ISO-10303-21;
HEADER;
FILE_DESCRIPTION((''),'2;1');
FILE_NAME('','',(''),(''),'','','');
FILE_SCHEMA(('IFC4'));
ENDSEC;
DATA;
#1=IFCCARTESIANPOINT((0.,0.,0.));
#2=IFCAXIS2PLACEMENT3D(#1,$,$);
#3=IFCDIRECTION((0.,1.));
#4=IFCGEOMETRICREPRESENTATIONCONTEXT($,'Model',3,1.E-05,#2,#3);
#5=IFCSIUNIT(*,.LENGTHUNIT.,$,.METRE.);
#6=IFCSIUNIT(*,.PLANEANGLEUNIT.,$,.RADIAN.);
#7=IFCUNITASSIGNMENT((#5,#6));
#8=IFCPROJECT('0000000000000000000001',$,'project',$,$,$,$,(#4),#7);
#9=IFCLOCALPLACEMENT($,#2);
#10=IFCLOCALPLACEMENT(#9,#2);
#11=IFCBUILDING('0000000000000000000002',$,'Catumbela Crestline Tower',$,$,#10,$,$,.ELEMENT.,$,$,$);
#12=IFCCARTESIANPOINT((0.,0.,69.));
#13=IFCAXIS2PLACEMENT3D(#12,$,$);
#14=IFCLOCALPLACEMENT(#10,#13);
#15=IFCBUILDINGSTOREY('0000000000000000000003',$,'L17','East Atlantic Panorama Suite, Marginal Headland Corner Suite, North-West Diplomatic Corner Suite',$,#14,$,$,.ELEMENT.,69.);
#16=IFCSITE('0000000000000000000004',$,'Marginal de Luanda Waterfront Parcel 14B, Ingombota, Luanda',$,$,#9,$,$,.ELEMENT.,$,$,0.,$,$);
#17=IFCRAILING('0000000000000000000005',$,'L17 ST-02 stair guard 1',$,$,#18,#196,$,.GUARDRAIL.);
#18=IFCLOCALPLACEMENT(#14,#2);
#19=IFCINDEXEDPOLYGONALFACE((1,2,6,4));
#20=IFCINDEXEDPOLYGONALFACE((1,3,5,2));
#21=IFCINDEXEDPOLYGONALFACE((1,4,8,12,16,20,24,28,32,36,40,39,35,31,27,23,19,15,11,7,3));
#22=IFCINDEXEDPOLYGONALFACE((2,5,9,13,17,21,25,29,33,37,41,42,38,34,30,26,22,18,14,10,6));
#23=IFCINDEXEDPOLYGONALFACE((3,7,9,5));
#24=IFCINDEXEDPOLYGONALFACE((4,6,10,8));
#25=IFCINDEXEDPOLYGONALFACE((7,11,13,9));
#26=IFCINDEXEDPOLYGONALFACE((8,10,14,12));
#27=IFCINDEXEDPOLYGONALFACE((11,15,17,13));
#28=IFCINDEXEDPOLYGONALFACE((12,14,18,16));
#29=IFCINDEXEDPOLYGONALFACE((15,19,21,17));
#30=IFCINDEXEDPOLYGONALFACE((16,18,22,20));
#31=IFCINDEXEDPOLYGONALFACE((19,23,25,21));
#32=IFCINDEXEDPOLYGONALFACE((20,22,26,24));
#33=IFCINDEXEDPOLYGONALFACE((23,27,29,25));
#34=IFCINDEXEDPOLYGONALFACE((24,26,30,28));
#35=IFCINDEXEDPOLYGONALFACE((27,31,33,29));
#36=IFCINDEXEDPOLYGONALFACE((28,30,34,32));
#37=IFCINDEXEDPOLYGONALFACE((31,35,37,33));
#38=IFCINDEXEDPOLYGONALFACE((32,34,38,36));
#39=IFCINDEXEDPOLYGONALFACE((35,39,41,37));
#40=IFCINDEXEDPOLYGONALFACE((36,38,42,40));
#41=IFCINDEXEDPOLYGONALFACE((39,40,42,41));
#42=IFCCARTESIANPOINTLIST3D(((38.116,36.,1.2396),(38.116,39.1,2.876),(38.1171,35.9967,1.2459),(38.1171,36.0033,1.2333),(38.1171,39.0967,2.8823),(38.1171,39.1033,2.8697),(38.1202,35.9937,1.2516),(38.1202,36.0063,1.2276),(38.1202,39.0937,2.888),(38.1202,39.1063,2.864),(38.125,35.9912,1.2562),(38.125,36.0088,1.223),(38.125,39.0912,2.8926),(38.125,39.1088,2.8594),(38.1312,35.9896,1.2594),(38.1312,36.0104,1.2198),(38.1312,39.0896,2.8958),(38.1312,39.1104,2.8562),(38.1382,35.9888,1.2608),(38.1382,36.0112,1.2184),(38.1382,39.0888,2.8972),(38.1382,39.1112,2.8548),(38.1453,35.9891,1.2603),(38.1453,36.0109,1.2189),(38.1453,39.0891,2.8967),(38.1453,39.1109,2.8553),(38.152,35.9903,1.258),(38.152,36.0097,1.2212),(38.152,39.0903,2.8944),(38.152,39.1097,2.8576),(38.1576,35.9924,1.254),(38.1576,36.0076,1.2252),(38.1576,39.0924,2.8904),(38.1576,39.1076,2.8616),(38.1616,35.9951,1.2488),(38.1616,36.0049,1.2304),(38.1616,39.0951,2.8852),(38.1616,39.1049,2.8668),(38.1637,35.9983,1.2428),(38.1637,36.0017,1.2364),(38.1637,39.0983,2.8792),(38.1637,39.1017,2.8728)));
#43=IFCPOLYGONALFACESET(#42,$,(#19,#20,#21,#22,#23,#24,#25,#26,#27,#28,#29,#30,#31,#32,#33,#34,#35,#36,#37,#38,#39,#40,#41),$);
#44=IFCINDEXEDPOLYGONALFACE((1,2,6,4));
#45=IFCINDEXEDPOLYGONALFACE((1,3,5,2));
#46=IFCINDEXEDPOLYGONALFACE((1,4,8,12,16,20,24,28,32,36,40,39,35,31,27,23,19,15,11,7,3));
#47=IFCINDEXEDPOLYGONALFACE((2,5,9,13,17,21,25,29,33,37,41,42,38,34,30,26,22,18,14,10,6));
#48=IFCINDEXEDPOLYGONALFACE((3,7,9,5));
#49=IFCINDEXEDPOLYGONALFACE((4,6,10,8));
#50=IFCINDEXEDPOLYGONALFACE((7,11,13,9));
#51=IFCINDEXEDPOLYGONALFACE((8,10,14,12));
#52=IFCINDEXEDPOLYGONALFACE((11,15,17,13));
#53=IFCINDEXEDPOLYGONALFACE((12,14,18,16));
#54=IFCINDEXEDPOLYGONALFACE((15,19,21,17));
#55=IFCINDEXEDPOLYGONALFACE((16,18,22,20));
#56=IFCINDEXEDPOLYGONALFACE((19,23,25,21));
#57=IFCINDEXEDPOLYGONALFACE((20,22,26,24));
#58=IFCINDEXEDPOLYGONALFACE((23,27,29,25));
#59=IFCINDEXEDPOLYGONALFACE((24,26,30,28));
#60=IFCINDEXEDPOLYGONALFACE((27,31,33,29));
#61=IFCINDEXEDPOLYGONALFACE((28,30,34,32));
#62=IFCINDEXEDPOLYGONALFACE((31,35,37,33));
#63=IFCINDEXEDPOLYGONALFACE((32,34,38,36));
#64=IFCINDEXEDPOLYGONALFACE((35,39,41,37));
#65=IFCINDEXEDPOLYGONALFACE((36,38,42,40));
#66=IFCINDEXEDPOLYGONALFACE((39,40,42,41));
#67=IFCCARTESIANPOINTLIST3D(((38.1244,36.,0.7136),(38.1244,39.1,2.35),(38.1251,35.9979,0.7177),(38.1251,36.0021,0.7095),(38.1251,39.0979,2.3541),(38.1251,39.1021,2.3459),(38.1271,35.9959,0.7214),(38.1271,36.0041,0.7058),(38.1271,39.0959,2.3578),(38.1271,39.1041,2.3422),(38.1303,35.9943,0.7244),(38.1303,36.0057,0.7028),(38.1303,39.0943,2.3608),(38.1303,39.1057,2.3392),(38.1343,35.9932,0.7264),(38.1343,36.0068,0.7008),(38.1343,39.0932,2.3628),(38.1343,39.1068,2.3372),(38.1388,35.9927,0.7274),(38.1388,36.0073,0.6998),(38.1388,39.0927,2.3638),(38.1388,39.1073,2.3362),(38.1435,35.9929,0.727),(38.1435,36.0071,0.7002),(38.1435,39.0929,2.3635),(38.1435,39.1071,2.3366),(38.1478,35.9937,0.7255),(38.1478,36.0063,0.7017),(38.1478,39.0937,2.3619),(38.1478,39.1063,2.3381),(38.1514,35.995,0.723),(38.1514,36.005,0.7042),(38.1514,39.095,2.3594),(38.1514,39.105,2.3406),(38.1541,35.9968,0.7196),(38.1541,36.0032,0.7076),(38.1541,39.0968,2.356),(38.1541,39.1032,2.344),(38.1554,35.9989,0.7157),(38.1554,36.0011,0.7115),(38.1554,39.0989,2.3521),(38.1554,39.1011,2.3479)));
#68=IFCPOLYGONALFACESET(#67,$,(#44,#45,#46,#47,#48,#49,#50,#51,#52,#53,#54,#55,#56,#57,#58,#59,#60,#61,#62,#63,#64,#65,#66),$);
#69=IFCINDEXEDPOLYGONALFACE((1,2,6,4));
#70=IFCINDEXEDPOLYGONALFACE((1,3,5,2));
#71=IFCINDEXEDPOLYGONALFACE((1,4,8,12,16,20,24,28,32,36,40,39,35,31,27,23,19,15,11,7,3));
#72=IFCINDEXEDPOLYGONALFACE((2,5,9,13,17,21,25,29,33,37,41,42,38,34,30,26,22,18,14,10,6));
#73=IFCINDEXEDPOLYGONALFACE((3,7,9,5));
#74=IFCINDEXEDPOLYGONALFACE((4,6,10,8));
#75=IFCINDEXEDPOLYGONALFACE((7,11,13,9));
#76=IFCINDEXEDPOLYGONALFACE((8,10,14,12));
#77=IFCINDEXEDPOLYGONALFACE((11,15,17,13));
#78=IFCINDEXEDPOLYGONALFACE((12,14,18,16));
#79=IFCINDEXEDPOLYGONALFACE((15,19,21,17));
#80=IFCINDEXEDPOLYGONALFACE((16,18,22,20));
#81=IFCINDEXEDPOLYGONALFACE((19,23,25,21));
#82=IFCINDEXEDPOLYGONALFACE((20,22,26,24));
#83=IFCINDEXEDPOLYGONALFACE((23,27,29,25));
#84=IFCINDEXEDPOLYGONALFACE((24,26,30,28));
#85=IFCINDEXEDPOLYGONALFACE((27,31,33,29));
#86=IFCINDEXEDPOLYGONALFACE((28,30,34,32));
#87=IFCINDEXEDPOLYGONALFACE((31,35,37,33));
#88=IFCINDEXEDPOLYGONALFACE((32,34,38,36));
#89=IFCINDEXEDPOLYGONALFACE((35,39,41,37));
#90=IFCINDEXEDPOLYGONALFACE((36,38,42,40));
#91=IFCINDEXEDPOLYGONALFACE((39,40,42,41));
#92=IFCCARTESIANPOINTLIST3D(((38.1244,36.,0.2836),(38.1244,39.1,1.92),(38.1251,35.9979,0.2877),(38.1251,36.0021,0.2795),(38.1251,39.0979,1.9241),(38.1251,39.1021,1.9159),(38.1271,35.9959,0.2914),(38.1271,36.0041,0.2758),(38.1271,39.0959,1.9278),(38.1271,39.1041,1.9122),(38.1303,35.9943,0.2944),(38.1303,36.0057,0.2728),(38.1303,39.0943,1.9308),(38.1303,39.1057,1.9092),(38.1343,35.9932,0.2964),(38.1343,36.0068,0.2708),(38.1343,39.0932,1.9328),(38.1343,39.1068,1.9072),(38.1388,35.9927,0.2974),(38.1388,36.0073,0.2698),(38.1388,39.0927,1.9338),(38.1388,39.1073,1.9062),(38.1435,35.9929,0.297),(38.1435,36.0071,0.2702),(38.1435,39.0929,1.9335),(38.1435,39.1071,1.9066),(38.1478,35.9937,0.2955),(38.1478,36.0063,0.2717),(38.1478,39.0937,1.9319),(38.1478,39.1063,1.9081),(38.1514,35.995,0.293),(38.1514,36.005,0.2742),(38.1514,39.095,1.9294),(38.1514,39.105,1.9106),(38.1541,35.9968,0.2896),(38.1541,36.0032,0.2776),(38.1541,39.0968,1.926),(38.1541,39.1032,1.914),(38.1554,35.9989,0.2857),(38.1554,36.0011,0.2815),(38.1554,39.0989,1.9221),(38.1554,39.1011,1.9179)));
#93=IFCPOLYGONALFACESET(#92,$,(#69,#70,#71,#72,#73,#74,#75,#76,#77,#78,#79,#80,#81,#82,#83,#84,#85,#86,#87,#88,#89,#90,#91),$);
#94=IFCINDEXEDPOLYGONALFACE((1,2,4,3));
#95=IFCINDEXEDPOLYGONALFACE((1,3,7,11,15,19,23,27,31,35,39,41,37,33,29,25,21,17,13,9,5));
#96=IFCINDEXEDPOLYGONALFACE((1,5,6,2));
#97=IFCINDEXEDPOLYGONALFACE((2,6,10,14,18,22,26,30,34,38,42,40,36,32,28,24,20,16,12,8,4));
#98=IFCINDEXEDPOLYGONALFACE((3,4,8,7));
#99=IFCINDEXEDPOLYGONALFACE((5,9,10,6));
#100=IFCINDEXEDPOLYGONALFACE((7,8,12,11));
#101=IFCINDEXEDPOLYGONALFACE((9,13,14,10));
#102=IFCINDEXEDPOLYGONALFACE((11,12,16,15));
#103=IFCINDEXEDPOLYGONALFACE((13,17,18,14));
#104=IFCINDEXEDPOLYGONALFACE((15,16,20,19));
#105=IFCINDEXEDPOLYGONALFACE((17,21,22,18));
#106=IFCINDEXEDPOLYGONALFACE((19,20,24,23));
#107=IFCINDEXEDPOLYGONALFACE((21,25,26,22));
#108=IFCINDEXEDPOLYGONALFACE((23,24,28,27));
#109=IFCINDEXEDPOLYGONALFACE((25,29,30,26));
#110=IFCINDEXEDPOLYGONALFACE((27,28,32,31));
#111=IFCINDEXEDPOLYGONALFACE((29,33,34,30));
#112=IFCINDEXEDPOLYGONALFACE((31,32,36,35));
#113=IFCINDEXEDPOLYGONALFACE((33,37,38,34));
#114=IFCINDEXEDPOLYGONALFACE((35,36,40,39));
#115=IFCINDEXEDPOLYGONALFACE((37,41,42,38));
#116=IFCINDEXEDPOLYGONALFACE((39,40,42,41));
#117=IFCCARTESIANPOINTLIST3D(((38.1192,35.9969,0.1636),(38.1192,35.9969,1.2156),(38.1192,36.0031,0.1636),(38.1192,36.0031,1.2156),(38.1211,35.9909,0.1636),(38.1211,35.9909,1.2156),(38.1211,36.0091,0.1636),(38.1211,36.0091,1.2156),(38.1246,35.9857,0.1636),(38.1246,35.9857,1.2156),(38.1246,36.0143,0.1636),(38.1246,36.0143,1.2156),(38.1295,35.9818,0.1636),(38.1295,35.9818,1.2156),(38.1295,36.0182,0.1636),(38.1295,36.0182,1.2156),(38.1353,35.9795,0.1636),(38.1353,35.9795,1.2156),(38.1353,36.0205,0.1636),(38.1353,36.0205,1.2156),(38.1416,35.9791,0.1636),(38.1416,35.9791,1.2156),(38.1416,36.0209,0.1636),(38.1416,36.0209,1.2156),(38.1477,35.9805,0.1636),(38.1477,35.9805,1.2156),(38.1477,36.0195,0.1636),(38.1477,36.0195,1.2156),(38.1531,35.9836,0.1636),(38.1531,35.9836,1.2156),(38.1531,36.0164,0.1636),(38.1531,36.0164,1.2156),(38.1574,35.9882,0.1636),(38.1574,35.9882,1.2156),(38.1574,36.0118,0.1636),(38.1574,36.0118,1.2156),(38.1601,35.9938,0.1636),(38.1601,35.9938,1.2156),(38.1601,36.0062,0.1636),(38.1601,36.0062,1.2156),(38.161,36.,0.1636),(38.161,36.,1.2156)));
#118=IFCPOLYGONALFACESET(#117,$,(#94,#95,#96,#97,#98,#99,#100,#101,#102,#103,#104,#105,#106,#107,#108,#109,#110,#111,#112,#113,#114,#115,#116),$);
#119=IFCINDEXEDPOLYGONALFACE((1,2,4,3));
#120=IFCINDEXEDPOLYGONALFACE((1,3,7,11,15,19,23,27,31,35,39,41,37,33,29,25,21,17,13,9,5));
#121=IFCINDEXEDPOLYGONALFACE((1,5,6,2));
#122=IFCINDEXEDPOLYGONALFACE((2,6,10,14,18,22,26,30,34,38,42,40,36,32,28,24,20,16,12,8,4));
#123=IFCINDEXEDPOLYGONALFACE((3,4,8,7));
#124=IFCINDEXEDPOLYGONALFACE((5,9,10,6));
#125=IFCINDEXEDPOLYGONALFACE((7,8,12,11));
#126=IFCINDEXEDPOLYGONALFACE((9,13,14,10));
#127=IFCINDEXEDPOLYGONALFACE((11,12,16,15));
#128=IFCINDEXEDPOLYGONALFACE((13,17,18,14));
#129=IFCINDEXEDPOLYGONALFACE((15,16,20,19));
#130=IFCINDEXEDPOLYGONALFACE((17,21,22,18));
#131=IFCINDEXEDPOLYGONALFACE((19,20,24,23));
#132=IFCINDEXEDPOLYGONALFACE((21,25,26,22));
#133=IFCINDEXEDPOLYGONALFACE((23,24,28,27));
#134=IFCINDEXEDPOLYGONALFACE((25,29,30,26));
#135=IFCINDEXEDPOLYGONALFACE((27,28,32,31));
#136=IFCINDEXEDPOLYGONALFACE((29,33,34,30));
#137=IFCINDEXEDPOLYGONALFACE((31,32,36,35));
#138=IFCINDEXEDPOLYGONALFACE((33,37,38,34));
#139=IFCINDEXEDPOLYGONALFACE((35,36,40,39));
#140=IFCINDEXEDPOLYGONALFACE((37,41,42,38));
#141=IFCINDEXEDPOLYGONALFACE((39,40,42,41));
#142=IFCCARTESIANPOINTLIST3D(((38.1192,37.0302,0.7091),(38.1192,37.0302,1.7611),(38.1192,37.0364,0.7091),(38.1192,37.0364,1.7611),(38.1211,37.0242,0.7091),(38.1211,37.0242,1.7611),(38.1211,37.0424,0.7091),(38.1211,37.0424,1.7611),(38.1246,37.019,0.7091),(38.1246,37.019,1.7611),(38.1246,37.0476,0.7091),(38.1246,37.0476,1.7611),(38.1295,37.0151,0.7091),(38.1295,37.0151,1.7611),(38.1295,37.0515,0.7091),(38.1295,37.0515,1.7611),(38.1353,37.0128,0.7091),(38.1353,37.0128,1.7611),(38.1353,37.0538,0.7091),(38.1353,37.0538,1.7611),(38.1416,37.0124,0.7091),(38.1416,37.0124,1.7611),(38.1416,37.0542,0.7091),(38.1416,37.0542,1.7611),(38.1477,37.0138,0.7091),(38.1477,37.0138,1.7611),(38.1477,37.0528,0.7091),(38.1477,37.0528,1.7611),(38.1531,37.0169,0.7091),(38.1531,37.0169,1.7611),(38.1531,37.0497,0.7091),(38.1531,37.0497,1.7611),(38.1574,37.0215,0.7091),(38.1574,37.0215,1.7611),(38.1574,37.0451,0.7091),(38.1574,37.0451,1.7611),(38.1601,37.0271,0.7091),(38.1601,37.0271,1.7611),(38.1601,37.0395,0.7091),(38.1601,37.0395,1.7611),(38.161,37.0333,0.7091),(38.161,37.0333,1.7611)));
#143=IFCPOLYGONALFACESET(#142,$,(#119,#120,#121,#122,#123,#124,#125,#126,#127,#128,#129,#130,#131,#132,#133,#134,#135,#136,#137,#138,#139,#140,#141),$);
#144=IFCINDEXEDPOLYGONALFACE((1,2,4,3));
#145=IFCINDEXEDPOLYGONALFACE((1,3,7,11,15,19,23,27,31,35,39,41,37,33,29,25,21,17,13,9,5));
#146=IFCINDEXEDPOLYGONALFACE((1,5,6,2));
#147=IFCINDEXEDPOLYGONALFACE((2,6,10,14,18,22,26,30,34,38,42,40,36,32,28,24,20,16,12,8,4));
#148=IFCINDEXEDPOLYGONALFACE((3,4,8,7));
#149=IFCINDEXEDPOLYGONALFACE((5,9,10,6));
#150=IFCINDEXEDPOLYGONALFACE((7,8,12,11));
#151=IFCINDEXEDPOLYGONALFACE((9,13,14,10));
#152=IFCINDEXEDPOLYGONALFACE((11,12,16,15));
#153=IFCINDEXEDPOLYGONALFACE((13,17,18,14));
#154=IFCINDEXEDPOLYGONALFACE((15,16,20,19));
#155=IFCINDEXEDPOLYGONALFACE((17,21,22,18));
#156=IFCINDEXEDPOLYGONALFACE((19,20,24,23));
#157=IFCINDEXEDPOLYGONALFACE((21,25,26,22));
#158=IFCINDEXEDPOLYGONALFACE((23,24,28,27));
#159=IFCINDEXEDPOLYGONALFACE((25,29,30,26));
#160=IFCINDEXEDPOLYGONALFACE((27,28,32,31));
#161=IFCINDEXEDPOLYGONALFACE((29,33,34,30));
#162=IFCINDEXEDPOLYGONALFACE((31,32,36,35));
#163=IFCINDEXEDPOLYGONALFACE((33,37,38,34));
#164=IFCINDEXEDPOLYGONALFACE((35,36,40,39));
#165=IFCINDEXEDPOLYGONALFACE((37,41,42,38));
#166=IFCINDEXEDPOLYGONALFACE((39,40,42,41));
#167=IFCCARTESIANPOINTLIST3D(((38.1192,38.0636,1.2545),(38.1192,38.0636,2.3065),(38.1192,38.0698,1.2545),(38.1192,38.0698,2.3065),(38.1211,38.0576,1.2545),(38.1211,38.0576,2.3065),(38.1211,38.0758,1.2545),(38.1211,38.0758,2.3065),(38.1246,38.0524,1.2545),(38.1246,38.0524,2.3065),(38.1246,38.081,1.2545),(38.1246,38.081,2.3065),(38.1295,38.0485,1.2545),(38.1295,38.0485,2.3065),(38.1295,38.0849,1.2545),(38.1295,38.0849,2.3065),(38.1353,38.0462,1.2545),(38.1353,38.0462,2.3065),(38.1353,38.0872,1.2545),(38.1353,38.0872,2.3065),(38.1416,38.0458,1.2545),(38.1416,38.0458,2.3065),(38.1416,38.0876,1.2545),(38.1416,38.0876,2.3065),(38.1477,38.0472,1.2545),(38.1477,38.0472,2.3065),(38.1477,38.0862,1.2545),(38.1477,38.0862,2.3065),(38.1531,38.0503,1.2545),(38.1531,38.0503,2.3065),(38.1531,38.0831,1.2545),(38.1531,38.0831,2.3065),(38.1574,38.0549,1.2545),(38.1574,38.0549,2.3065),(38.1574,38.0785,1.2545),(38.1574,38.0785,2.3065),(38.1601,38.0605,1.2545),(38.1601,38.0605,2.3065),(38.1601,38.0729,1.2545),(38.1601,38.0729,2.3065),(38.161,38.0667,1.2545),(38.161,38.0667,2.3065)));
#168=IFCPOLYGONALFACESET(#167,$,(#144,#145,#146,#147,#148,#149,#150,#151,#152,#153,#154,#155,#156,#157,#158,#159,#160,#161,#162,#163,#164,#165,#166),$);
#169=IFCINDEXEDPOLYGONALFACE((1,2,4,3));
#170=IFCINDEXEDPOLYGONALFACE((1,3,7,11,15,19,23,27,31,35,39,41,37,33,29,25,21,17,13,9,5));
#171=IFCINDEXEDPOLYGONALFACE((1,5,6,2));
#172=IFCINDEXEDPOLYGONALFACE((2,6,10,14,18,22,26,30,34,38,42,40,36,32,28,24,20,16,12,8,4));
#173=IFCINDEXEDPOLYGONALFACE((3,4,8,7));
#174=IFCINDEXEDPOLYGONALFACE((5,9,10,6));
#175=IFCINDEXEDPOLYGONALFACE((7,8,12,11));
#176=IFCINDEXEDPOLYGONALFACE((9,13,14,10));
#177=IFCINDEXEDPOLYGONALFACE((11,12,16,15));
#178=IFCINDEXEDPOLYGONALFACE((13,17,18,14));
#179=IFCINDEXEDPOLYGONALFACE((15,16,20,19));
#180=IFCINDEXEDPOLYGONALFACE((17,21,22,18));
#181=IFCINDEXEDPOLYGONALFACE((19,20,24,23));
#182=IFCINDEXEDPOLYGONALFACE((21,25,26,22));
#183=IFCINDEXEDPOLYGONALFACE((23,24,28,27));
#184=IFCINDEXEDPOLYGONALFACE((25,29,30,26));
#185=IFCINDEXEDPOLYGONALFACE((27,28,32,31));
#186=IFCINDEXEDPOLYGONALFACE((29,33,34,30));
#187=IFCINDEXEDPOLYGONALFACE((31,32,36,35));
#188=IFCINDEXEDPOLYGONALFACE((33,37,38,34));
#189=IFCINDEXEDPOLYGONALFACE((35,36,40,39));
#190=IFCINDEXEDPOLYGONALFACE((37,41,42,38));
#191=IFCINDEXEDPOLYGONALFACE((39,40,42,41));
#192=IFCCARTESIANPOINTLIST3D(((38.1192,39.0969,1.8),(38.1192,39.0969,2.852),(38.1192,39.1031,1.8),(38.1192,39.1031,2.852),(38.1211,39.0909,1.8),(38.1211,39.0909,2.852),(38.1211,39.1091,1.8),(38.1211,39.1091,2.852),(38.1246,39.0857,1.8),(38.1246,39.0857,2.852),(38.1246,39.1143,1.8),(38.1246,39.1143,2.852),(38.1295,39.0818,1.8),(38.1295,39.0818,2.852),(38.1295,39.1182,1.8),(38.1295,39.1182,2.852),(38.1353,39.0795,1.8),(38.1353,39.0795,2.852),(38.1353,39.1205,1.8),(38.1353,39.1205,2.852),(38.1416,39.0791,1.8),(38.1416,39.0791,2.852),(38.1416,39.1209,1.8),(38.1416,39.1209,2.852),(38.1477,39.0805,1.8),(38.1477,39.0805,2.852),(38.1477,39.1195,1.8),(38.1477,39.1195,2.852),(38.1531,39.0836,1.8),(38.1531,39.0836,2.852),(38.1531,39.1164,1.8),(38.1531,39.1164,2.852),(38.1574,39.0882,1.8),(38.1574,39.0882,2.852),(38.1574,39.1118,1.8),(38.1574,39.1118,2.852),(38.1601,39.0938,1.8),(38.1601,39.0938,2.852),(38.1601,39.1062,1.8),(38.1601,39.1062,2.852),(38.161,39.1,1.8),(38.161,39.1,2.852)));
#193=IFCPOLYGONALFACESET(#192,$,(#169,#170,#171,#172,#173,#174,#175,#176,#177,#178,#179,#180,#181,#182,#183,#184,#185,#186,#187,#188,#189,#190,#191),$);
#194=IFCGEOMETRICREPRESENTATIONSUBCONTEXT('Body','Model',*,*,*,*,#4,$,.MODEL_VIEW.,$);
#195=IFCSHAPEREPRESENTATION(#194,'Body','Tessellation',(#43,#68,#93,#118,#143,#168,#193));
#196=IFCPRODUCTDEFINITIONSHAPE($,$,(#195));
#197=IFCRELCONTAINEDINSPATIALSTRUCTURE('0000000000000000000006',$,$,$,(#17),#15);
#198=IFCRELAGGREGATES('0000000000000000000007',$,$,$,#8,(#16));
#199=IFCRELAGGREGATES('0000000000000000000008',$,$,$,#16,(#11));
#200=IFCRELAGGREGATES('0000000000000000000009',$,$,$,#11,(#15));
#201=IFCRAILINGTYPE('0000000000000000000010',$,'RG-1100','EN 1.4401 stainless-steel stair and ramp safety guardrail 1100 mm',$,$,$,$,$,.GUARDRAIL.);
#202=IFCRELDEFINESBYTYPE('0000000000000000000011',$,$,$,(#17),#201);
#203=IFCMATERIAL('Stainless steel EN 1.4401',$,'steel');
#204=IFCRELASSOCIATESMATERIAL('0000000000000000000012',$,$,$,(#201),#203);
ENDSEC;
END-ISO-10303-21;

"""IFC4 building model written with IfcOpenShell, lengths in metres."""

from ifc_helpers import new_model, si_unit, direction, frame, origin, origin_2d, place, context, subcontext, project, spatial, circle, extrude, material, type_object, element, save


model = new_model("IFC4")

# Units and contexts
model_context = context("Model", 3, precision=1e-05, world=origin(), true_north=direction((0.0, 1.0)))
body_context = subcontext(model_context, "Body", "Model", "MODEL_VIEW")
ifc_project = project(units=[si_unit("LENGTHUNIT", "METRE"), si_unit("PLANEANGLEUNIT", "RADIAN")], contexts=[model_context])

# Site, building, storey
site_placement = place(None, origin())
site = spatial("IfcSite", under=ifc_project, at=site_placement, Name="Marginal de Luanda Waterfront Parcel 14B, Ingombota, Luanda", CompositionType="ELEMENT", RefElevation=0.0)
building_placement = place(site_placement, origin())
building = spatial("IfcBuilding", under=site, at=building_placement, Name="Catumbela Crestline Tower", CompositionType="ELEMENT")
storey_placement = place(building_placement, frame((0.0, 0.0, 69.0)))
storey = spatial("IfcBuildingStorey", under=building, at=storey_placement, Name="L17", Description="East Atlantic Panorama Suite, Marginal Headland Corner Suite, North-West Diplomatic Corner Suite", CompositionType="ELEMENT", Elevation=69.0)

# Shared definitions
ifc_material_1 = material(Name="Stainless steel EN 1.4401", Category="steel")

# Railing
railing_type_1 = type_object("IfcRailingType", Name="RG-1100", Description="EN 1.4401 stainless-steel stair and ramp safety guardrail 1100 mm", PredefinedType="GUARDRAIL", material=ifc_material_1)
railing_1_placement = place(storey_placement, frame((38.14, 36.0, 0.1636)))
element("IfcRailing", 1, at=railing_1_placement, inside=storey, type_object=railing_type_1, Name="L17 ST-02 stair guard 1", PredefinedType="GUARDRAIL", context=body_context, shape_type="SweptSolid", body=[
    extrude(circle(Radius=0.024, at=origin_2d()), frame((0.0, 0.0, 1.076), z_axis=(0.0, 0.884351, 0.466823), x_axis=(-1.0, 0.0, 0.0)), (0.0, 0.0, 1.0), 3.5054),
    extrude(circle(Radius=0.0156, at=origin_2d()), frame((0.0, 0.0, 0.55), z_axis=(0.0, 0.884351, 0.466823), x_axis=(-1.0, 0.0, 0.0)), (0.0, 0.0, 1.0), 3.5054),
    extrude(circle(Radius=0.0156, at=origin_2d()), frame((0.0, 0.0, 0.12), z_axis=(0.0, 0.884351, 0.466823), x_axis=(-1.0, 0.0, 0.0)), (0.0, 0.0, 1.0), 3.5054),
    extrude(circle(Radius=0.021, at=origin_2d()), origin(), (0.0, 0.0, 1.0), 1.052),
    extrude(circle(Radius=0.021, at=origin_2d()), frame((0.0, 1.0333, 0.5455)), (0.0, 0.0, 1.0), 1.052),
    extrude(circle(Radius=0.021, at=origin_2d()), frame((0.0, 2.0667, 1.0909)), (0.0, 0.0, 1.0), 1.052),
    extrude(circle(Radius=0.021, at=origin_2d()), frame((0.0, 3.1, 1.6364)), (0.0, 0.0, 1.0), 1.052),
])

save(model, "model.ifc")
